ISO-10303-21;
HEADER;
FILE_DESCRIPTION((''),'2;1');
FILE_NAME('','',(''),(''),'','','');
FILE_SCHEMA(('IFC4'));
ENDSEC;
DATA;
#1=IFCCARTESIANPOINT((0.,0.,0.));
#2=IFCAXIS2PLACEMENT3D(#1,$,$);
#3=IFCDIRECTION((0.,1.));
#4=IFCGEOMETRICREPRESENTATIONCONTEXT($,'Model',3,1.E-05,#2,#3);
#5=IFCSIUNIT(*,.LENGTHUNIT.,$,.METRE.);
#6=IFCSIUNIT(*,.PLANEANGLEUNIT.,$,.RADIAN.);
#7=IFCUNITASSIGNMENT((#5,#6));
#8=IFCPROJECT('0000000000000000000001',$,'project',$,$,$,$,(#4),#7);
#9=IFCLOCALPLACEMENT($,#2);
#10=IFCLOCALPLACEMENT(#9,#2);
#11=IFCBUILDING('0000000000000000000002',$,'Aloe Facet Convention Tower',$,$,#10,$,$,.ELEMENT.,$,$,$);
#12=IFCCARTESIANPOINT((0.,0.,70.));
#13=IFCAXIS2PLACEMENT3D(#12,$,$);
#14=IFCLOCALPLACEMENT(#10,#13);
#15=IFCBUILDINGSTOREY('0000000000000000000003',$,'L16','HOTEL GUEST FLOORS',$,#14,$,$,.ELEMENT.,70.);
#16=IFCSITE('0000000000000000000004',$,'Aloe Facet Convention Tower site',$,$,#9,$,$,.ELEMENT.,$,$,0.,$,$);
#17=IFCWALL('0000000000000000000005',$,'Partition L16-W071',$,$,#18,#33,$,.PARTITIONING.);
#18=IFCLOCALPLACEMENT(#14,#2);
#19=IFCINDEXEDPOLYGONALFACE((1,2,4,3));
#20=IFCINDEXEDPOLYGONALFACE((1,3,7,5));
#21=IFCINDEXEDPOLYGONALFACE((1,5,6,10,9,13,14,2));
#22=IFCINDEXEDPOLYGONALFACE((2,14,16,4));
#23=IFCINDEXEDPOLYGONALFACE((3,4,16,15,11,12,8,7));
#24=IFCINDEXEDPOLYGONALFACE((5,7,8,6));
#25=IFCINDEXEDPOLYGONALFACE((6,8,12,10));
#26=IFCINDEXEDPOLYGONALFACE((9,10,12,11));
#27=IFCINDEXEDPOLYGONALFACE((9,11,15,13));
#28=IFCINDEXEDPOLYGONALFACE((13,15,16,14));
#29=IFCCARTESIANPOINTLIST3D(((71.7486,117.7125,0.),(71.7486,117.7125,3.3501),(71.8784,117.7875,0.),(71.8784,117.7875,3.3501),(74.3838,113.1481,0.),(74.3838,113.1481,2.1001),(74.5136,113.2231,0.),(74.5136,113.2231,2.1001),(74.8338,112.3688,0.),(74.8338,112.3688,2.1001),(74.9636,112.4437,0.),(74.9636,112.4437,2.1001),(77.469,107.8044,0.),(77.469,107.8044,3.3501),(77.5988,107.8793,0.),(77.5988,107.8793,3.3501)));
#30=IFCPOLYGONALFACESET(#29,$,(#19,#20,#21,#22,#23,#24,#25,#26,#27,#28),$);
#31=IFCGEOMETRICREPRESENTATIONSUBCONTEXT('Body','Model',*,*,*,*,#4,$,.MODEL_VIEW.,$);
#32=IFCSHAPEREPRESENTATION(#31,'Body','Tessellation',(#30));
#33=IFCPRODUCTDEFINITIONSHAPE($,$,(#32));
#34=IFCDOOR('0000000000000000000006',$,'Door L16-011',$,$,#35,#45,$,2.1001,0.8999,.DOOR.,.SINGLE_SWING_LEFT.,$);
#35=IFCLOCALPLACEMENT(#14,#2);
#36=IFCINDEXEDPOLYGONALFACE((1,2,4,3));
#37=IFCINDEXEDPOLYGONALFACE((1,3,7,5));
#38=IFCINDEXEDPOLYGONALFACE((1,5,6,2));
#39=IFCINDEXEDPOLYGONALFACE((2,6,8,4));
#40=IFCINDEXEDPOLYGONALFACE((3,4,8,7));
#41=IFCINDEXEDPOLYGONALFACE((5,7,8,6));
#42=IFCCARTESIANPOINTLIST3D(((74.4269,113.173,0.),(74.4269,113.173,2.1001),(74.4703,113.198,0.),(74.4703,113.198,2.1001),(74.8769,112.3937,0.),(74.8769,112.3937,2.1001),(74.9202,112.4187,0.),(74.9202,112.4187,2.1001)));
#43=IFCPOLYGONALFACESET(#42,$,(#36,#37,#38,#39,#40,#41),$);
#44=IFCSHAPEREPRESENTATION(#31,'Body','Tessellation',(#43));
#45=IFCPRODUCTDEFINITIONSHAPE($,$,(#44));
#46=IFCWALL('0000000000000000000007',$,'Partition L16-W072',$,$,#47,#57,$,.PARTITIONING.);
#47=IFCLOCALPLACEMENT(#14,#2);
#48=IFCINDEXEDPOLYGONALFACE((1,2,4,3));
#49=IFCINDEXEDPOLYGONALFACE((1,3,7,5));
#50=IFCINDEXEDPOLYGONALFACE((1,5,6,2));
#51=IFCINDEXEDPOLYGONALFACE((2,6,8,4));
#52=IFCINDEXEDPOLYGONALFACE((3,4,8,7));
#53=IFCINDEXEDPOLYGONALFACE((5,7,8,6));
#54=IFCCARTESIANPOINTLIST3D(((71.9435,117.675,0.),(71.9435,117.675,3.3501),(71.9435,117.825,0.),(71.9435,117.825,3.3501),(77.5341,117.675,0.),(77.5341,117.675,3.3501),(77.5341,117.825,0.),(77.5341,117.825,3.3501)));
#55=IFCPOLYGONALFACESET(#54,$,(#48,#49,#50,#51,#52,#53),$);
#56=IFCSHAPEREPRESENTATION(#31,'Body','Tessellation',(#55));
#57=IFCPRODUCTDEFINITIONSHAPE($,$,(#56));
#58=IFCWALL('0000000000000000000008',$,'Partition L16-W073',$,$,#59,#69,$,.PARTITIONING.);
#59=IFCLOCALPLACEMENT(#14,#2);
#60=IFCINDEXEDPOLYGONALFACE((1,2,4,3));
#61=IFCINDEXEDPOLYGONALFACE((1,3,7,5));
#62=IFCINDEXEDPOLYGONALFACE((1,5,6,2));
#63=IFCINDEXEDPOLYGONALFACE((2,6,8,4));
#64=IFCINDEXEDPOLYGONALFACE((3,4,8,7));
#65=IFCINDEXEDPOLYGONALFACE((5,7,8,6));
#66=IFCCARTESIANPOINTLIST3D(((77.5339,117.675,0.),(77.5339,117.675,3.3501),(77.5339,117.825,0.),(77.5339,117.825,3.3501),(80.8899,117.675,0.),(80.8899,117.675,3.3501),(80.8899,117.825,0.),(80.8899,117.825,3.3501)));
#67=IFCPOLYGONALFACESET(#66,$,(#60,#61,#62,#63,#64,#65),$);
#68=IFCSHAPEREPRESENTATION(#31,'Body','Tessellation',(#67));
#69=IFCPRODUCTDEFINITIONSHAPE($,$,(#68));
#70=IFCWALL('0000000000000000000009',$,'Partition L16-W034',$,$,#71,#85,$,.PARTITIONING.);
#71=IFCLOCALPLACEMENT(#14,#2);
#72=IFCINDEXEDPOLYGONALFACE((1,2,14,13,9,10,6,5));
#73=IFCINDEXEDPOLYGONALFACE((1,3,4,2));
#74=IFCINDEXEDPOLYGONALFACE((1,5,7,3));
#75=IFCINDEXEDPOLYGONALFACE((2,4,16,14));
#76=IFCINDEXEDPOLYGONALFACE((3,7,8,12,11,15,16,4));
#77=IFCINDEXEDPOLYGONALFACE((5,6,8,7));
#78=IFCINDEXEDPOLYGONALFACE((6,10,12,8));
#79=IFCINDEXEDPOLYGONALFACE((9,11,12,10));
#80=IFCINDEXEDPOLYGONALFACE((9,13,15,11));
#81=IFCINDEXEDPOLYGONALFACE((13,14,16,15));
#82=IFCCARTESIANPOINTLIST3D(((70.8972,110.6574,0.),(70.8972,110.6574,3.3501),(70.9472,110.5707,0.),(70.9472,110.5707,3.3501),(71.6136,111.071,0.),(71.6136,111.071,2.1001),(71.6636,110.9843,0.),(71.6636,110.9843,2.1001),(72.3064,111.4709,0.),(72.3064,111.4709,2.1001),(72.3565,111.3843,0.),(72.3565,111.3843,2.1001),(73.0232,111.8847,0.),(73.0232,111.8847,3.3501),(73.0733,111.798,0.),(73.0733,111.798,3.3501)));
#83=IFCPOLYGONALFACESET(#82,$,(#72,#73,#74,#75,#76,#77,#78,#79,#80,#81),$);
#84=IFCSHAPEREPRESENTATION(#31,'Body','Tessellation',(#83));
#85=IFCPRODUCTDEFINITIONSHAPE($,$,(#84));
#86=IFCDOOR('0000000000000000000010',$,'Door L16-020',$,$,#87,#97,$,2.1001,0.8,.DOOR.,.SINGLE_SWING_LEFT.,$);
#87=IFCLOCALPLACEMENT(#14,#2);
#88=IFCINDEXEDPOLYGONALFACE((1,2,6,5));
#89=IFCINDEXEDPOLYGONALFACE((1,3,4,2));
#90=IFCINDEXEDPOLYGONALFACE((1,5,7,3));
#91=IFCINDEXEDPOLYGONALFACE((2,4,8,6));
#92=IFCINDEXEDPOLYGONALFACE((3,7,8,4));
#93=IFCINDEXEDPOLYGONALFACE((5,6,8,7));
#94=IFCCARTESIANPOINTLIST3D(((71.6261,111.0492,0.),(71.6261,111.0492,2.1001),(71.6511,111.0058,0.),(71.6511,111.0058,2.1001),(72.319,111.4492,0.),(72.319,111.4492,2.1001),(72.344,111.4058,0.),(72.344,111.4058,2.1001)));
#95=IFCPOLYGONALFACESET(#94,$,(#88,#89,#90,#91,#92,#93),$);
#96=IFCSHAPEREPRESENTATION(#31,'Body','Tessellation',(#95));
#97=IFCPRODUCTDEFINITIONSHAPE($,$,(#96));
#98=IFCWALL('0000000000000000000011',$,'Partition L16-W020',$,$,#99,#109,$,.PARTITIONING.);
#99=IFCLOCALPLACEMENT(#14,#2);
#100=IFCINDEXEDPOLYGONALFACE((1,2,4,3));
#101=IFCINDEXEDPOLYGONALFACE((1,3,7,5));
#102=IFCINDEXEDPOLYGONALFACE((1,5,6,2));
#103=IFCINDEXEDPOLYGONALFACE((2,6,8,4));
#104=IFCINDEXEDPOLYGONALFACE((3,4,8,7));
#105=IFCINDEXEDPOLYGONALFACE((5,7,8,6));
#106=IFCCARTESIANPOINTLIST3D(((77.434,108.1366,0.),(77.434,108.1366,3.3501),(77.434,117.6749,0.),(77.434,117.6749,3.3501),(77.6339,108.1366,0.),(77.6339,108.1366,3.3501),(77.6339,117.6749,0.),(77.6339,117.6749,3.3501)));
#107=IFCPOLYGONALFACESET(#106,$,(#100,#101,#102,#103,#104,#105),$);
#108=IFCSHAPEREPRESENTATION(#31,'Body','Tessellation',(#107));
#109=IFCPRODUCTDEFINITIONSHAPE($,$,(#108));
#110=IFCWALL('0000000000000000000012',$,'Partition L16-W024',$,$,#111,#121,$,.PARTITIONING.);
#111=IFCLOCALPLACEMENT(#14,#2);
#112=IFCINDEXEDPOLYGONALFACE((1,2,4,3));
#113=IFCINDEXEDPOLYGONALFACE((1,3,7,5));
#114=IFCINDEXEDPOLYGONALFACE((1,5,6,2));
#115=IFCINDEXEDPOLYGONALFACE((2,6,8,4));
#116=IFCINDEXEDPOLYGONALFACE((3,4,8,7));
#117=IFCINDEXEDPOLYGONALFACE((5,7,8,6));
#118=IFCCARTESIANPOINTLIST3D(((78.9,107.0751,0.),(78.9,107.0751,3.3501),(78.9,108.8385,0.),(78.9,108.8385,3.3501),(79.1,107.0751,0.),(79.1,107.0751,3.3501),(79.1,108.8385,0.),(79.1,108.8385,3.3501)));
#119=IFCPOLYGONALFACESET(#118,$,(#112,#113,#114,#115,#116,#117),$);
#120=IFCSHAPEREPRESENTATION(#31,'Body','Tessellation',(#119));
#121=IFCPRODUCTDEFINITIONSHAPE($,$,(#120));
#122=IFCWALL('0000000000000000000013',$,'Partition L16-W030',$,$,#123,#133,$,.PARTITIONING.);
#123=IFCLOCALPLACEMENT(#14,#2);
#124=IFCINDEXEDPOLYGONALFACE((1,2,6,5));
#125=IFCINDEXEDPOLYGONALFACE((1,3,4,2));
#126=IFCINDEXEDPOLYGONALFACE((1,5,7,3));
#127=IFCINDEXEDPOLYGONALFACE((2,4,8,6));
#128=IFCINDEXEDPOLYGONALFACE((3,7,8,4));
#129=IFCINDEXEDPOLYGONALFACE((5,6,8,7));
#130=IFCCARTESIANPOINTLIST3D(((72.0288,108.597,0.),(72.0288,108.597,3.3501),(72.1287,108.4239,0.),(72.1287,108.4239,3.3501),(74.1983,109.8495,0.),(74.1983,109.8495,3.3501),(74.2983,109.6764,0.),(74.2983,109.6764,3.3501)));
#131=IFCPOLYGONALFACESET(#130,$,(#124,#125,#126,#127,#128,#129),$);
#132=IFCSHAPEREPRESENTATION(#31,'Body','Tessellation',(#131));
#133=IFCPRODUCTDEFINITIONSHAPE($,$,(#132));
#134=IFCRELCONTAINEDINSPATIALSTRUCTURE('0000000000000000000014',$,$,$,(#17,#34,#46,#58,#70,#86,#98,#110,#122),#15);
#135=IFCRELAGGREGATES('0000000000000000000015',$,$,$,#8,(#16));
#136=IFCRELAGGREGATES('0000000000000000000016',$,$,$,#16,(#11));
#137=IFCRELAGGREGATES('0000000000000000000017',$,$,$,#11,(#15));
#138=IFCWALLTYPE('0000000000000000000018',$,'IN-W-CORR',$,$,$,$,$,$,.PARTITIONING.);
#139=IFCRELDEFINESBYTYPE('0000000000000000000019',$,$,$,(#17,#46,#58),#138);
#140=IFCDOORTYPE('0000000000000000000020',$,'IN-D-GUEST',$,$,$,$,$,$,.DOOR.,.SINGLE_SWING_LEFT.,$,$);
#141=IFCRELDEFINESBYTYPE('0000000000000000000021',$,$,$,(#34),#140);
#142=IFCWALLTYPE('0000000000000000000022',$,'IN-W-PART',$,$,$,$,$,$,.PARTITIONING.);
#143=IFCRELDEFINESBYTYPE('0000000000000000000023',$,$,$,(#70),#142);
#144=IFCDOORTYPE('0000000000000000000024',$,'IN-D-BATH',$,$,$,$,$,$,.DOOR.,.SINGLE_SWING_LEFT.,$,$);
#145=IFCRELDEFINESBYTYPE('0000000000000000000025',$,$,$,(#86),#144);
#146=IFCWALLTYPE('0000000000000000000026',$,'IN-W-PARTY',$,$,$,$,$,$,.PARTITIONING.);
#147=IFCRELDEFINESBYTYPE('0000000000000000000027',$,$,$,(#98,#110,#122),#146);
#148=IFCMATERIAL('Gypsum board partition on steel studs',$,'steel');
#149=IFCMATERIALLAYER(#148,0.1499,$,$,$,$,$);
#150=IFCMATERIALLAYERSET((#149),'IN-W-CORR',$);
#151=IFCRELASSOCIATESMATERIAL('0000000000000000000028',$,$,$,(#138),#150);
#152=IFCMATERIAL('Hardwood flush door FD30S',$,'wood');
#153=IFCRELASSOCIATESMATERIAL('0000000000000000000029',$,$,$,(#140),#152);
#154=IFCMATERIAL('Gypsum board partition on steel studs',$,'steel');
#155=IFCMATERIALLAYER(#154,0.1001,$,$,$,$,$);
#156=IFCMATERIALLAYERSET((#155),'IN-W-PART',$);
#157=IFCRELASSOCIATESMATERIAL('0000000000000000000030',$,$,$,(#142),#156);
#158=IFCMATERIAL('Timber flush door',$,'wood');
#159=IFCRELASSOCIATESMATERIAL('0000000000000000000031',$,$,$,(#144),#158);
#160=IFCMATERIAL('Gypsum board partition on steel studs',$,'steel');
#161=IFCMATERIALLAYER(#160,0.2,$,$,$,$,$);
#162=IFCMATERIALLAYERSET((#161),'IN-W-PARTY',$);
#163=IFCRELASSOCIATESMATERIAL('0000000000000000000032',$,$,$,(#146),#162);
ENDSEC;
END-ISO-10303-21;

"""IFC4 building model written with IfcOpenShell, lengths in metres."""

from ifc_helpers import new_model, si_unit, direction, frame, frame_2d, origin, place, context, subcontext, project, spatial, rectangle, extrude, material, layer, layer_set, type_object, element, fill, save


model = new_model("IFC4")

# Units and contexts
model_context = context("Model", 3, precision=1e-05, world=origin(), true_north=direction((0.0, 1.0)))
body_context = subcontext(model_context, "Body", "Model", "MODEL_VIEW")
ifc_project = project(units=[si_unit("LENGTHUNIT", "METRE"), si_unit("PLANEANGLEUNIT", "RADIAN")], contexts=[model_context])

# Site, building, storey
site_placement = place(None, origin())
site = spatial("IfcSite", under=ifc_project, at=site_placement, Name="Aloe Facet Convention Tower site", CompositionType="ELEMENT", RefElevation=0.0)
building_placement = place(site_placement, origin())
building = spatial("IfcBuilding", under=site, at=building_placement, Name="Aloe Facet Convention Tower", CompositionType="ELEMENT")
storey_placement = place(building_placement, frame((0.0, 0.0, 70.0)))
storey = spatial("IfcBuildingStorey", under=building, at=storey_placement, Name="L16", Description="HOTEL GUEST FLOORS", CompositionType="ELEMENT", Elevation=70.0)

# Shared definitions
ifc_material_1 = material(Name="Gypsum board partition on steel studs", Category="steel")
ifc_layer_1 = layer(ifc_material_1, 0.1499)
ifc_layer_set_1 = layer_set([ifc_layer_1], Name="IN-W-CORR")
wall_type_1 = type_object("IfcWallType", Name="IN-W-CORR", PredefinedType="PARTITIONING", material=ifc_layer_set_1)
ifc_material_2 = material(Name="Hardwood flush door FD30S", Category="wood")
door_type_1 = type_object("IfcDoorType", Name="IN-D-GUEST", OperationType="SINGLE_SWING_LEFT", PredefinedType="DOOR", material=ifc_material_2)

# Wall, opening, door
wall_1_placement = place(storey_placement, frame((71.8135, 117.75, 0.0), z_axis=(0.0, 0.0, 1.0), x_axis=(0.499997, -0.866027, 0.0)))
wall_1 = element("IfcWall", 1, at=wall_1_placement, inside=storey, type_object=wall_type_1, Name="Partition L16-W071", PredefinedType="PARTITIONING", context=body_context, shape_type="SweptSolid", body=[
    extrude(rectangle(XDim=11.4409, YDim=0.1499, at=frame_2d((5.7205, 0.0))), origin(), (0.0, 0.0, 1.0), 3.3501),
])
opening_1_placement = place(wall_1_placement, frame((5.2705, 0.0, 0.0)))
opening_1 = element("IfcOpeningElement", 2, at=opening_1_placement, cuts=wall_1, PredefinedType="OPENING", context=body_context, shape_type="SweptSolid", body=[
    extrude(rectangle(XDim=0.8999, YDim=2.1001, at=frame_2d((0.45, 1.05))), frame((0.0, 0.085, 0.0), z_axis=(0.0, -1.0, 0.0), x_axis=(1.0, 0.0, 0.0)), (0.0, 0.0, 1.0), 0.1699),
])
door_1_placement = place(opening_1_placement, origin())
door_1 = element("IfcDoor", 3, at=door_1_placement, inside=storey, type_object=door_type_1, Name="Door L16-011", OperationType="SINGLE_SWING_LEFT", OverallHeight=2.1001, OverallWidth=0.8999, PredefinedType="DOOR", context=body_context, shape_type="SweptSolid", body=[
    extrude(rectangle(XDim=0.8999, YDim=2.1001, at=frame_2d((0.45, 1.05))), frame((0.0, 0.0249, 0.0), z_axis=(0.0, -1.0, 0.0), x_axis=(1.0, 0.0, 0.0)), (0.0, 0.0, 1.0), 0.05),
])
fill(opening_1, door_1)

# Walls
wall_2_placement = place(storey_placement, frame((71.9434, 117.75, 0.0), z_axis=(0.0, 0.0, 1.0), x_axis=(1.0, 0.0, 0.0)))
element("IfcWall", 4, at=wall_2_placement, inside=storey, type_object=wall_type_1, Name="Partition L16-W072", PredefinedType="PARTITIONING", context=body_context, shape_type="SweptSolid", body=[
    extrude(rectangle(XDim=5.5906, YDim=0.1499, at=frame_2d((2.7954, 0.0))), origin(), (0.0, 0.0, 1.0), 3.3501),
])
wall_3_placement = place(storey_placement, frame((77.5339, 117.75, 0.0), z_axis=(0.0, 0.0, 1.0), x_axis=(1.0, 0.0, 0.0)))
element("IfcWall", 5, at=wall_3_placement, inside=storey, type_object=wall_type_1, Name="Partition L16-W073", PredefinedType="PARTITIONING", context=body_context, shape_type="SweptSolid", body=[
    extrude(rectangle(XDim=3.356, YDim=0.1499, at=frame_2d((1.678, 0.0))), origin(), (0.0, 0.0, 1.0), 3.3501),
])

# Wall, opening, door
ifc_material_3 = material(Name="Gypsum board partition on steel studs", Category="steel")
ifc_layer_2 = layer(ifc_material_3, 0.1001)
ifc_layer_set_2 = layer_set([ifc_layer_2], Name="IN-W-PART")
wall_type_2 = type_object("IfcWallType", Name="IN-W-PART", PredefinedType="PARTITIONING", material=ifc_layer_set_2)
wall_4_placement = place(storey_placement, frame((70.9221, 110.614, 0.0), z_axis=(0.0, 0.0, 1.0), x_axis=(0.86605, 0.499958, 0.0)))
wall_4 = element("IfcWall", 6, at=wall_4_placement, inside=storey, type_object=wall_type_2, Name="Partition L16-W034", PredefinedType="PARTITIONING", context=body_context, shape_type="SweptSolid", body=[
    extrude(rectangle(XDim=2.4548, YDim=0.1001, at=frame_2d((1.2275, 0.0))), origin(), (0.0, 0.0, 1.0), 3.3501),
])
opening_2_placement = place(wall_4_placement, frame((0.8274, 0.0, 0.0)))
opening_2 = element("IfcOpeningElement", 7, at=opening_2_placement, cuts=wall_4, PredefinedType="OPENING", context=body_context, shape_type="SweptSolid", body=[
    extrude(rectangle(XDim=0.8, YDim=2.1001, at=frame_2d((0.3999, 1.05))), frame((0.0, 0.0601, 0.0), z_axis=(0.0, -1.0, 0.0), x_axis=(1.0, 0.0, 0.0)), (0.0, 0.0, 1.0), 0.1201),
])
ifc_material_4 = material(Name="Timber flush door", Category="wood")
door_type_2 = type_object("IfcDoorType", Name="IN-D-BATH", OperationType="SINGLE_SWING_LEFT", PredefinedType="DOOR", material=ifc_material_4)
door_2_placement = place(opening_2_placement, origin())
door_2 = element("IfcDoor", 8, at=door_2_placement, inside=storey, type_object=door_type_2, Name="Door L16-020", OperationType="SINGLE_SWING_LEFT", OverallHeight=2.1001, OverallWidth=0.8, PredefinedType="DOOR", context=body_context, shape_type="SweptSolid", body=[
    extrude(rectangle(XDim=0.8, YDim=2.1001, at=frame_2d((0.3999, 1.05))), frame((0.0, 0.0249, 0.0), z_axis=(0.0, -1.0, 0.0), x_axis=(1.0, 0.0, 0.0)), (0.0, 0.0, 1.0), 0.05),
])
fill(opening_2, door_2)

# Walls
ifc_material_5 = material(Name="Gypsum board partition on steel studs", Category="steel")
ifc_layer_3 = layer(ifc_material_5, 0.2)
ifc_layer_set_3 = layer_set([ifc_layer_3], Name="IN-W-PARTY")
wall_type_3 = type_object("IfcWallType", Name="IN-W-PARTY", PredefinedType="PARTITIONING", material=ifc_layer_set_3)
wall_5_placement = place(storey_placement, frame((77.5339, 108.1367, 0.0), z_axis=(0.0, 0.0, 1.0), x_axis=(0.0, 1.0, 0.0)))
element("IfcWall", 9, at=wall_5_placement, inside=storey, type_object=wall_type_3, Name="Partition L16-W020", PredefinedType="PARTITIONING", context=body_context, shape_type="SweptSolid", body=[
    extrude(rectangle(XDim=9.5383, YDim=0.2, at=frame_2d((4.769, 0.0))), origin(), (0.0, 0.0, 1.0), 3.3501),
])
wall_6_placement = place(storey_placement, frame((79.0, 107.075, 0.0), z_axis=(0.0, 0.0, 1.0), x_axis=(0.0, 1.0, 0.0)))
element("IfcWall", 10, at=wall_6_placement, inside=storey, type_object=wall_type_3, Name="Partition L16-W024", PredefinedType="PARTITIONING", context=body_context, shape_type="SweptSolid", body=[
    extrude(rectangle(XDim=1.7634, YDim=0.2, at=frame_2d((0.8818, 0.0))), origin(), (0.0, 0.0, 1.0), 3.3501),
])
wall_7_placement = place(storey_placement, frame((72.0789, 108.5105, 0.0), z_axis=(0.0, 0.0, 1.0), x_axis=(0.86604, 0.499976, 0.0)))
element("IfcWall", 11, at=wall_7_placement, inside=storey, type_object=wall_type_3, Name="Partition L16-W030", PredefinedType="PARTITIONING", context=body_context, shape_type="SweptSolid", body=[
    extrude(rectangle(XDim=2.5051, YDim=0.2, at=frame_2d((1.2524, 0.0))), origin(), (0.0, 0.0, 1.0), 3.3501),
])

save(model, "model.ifc")
